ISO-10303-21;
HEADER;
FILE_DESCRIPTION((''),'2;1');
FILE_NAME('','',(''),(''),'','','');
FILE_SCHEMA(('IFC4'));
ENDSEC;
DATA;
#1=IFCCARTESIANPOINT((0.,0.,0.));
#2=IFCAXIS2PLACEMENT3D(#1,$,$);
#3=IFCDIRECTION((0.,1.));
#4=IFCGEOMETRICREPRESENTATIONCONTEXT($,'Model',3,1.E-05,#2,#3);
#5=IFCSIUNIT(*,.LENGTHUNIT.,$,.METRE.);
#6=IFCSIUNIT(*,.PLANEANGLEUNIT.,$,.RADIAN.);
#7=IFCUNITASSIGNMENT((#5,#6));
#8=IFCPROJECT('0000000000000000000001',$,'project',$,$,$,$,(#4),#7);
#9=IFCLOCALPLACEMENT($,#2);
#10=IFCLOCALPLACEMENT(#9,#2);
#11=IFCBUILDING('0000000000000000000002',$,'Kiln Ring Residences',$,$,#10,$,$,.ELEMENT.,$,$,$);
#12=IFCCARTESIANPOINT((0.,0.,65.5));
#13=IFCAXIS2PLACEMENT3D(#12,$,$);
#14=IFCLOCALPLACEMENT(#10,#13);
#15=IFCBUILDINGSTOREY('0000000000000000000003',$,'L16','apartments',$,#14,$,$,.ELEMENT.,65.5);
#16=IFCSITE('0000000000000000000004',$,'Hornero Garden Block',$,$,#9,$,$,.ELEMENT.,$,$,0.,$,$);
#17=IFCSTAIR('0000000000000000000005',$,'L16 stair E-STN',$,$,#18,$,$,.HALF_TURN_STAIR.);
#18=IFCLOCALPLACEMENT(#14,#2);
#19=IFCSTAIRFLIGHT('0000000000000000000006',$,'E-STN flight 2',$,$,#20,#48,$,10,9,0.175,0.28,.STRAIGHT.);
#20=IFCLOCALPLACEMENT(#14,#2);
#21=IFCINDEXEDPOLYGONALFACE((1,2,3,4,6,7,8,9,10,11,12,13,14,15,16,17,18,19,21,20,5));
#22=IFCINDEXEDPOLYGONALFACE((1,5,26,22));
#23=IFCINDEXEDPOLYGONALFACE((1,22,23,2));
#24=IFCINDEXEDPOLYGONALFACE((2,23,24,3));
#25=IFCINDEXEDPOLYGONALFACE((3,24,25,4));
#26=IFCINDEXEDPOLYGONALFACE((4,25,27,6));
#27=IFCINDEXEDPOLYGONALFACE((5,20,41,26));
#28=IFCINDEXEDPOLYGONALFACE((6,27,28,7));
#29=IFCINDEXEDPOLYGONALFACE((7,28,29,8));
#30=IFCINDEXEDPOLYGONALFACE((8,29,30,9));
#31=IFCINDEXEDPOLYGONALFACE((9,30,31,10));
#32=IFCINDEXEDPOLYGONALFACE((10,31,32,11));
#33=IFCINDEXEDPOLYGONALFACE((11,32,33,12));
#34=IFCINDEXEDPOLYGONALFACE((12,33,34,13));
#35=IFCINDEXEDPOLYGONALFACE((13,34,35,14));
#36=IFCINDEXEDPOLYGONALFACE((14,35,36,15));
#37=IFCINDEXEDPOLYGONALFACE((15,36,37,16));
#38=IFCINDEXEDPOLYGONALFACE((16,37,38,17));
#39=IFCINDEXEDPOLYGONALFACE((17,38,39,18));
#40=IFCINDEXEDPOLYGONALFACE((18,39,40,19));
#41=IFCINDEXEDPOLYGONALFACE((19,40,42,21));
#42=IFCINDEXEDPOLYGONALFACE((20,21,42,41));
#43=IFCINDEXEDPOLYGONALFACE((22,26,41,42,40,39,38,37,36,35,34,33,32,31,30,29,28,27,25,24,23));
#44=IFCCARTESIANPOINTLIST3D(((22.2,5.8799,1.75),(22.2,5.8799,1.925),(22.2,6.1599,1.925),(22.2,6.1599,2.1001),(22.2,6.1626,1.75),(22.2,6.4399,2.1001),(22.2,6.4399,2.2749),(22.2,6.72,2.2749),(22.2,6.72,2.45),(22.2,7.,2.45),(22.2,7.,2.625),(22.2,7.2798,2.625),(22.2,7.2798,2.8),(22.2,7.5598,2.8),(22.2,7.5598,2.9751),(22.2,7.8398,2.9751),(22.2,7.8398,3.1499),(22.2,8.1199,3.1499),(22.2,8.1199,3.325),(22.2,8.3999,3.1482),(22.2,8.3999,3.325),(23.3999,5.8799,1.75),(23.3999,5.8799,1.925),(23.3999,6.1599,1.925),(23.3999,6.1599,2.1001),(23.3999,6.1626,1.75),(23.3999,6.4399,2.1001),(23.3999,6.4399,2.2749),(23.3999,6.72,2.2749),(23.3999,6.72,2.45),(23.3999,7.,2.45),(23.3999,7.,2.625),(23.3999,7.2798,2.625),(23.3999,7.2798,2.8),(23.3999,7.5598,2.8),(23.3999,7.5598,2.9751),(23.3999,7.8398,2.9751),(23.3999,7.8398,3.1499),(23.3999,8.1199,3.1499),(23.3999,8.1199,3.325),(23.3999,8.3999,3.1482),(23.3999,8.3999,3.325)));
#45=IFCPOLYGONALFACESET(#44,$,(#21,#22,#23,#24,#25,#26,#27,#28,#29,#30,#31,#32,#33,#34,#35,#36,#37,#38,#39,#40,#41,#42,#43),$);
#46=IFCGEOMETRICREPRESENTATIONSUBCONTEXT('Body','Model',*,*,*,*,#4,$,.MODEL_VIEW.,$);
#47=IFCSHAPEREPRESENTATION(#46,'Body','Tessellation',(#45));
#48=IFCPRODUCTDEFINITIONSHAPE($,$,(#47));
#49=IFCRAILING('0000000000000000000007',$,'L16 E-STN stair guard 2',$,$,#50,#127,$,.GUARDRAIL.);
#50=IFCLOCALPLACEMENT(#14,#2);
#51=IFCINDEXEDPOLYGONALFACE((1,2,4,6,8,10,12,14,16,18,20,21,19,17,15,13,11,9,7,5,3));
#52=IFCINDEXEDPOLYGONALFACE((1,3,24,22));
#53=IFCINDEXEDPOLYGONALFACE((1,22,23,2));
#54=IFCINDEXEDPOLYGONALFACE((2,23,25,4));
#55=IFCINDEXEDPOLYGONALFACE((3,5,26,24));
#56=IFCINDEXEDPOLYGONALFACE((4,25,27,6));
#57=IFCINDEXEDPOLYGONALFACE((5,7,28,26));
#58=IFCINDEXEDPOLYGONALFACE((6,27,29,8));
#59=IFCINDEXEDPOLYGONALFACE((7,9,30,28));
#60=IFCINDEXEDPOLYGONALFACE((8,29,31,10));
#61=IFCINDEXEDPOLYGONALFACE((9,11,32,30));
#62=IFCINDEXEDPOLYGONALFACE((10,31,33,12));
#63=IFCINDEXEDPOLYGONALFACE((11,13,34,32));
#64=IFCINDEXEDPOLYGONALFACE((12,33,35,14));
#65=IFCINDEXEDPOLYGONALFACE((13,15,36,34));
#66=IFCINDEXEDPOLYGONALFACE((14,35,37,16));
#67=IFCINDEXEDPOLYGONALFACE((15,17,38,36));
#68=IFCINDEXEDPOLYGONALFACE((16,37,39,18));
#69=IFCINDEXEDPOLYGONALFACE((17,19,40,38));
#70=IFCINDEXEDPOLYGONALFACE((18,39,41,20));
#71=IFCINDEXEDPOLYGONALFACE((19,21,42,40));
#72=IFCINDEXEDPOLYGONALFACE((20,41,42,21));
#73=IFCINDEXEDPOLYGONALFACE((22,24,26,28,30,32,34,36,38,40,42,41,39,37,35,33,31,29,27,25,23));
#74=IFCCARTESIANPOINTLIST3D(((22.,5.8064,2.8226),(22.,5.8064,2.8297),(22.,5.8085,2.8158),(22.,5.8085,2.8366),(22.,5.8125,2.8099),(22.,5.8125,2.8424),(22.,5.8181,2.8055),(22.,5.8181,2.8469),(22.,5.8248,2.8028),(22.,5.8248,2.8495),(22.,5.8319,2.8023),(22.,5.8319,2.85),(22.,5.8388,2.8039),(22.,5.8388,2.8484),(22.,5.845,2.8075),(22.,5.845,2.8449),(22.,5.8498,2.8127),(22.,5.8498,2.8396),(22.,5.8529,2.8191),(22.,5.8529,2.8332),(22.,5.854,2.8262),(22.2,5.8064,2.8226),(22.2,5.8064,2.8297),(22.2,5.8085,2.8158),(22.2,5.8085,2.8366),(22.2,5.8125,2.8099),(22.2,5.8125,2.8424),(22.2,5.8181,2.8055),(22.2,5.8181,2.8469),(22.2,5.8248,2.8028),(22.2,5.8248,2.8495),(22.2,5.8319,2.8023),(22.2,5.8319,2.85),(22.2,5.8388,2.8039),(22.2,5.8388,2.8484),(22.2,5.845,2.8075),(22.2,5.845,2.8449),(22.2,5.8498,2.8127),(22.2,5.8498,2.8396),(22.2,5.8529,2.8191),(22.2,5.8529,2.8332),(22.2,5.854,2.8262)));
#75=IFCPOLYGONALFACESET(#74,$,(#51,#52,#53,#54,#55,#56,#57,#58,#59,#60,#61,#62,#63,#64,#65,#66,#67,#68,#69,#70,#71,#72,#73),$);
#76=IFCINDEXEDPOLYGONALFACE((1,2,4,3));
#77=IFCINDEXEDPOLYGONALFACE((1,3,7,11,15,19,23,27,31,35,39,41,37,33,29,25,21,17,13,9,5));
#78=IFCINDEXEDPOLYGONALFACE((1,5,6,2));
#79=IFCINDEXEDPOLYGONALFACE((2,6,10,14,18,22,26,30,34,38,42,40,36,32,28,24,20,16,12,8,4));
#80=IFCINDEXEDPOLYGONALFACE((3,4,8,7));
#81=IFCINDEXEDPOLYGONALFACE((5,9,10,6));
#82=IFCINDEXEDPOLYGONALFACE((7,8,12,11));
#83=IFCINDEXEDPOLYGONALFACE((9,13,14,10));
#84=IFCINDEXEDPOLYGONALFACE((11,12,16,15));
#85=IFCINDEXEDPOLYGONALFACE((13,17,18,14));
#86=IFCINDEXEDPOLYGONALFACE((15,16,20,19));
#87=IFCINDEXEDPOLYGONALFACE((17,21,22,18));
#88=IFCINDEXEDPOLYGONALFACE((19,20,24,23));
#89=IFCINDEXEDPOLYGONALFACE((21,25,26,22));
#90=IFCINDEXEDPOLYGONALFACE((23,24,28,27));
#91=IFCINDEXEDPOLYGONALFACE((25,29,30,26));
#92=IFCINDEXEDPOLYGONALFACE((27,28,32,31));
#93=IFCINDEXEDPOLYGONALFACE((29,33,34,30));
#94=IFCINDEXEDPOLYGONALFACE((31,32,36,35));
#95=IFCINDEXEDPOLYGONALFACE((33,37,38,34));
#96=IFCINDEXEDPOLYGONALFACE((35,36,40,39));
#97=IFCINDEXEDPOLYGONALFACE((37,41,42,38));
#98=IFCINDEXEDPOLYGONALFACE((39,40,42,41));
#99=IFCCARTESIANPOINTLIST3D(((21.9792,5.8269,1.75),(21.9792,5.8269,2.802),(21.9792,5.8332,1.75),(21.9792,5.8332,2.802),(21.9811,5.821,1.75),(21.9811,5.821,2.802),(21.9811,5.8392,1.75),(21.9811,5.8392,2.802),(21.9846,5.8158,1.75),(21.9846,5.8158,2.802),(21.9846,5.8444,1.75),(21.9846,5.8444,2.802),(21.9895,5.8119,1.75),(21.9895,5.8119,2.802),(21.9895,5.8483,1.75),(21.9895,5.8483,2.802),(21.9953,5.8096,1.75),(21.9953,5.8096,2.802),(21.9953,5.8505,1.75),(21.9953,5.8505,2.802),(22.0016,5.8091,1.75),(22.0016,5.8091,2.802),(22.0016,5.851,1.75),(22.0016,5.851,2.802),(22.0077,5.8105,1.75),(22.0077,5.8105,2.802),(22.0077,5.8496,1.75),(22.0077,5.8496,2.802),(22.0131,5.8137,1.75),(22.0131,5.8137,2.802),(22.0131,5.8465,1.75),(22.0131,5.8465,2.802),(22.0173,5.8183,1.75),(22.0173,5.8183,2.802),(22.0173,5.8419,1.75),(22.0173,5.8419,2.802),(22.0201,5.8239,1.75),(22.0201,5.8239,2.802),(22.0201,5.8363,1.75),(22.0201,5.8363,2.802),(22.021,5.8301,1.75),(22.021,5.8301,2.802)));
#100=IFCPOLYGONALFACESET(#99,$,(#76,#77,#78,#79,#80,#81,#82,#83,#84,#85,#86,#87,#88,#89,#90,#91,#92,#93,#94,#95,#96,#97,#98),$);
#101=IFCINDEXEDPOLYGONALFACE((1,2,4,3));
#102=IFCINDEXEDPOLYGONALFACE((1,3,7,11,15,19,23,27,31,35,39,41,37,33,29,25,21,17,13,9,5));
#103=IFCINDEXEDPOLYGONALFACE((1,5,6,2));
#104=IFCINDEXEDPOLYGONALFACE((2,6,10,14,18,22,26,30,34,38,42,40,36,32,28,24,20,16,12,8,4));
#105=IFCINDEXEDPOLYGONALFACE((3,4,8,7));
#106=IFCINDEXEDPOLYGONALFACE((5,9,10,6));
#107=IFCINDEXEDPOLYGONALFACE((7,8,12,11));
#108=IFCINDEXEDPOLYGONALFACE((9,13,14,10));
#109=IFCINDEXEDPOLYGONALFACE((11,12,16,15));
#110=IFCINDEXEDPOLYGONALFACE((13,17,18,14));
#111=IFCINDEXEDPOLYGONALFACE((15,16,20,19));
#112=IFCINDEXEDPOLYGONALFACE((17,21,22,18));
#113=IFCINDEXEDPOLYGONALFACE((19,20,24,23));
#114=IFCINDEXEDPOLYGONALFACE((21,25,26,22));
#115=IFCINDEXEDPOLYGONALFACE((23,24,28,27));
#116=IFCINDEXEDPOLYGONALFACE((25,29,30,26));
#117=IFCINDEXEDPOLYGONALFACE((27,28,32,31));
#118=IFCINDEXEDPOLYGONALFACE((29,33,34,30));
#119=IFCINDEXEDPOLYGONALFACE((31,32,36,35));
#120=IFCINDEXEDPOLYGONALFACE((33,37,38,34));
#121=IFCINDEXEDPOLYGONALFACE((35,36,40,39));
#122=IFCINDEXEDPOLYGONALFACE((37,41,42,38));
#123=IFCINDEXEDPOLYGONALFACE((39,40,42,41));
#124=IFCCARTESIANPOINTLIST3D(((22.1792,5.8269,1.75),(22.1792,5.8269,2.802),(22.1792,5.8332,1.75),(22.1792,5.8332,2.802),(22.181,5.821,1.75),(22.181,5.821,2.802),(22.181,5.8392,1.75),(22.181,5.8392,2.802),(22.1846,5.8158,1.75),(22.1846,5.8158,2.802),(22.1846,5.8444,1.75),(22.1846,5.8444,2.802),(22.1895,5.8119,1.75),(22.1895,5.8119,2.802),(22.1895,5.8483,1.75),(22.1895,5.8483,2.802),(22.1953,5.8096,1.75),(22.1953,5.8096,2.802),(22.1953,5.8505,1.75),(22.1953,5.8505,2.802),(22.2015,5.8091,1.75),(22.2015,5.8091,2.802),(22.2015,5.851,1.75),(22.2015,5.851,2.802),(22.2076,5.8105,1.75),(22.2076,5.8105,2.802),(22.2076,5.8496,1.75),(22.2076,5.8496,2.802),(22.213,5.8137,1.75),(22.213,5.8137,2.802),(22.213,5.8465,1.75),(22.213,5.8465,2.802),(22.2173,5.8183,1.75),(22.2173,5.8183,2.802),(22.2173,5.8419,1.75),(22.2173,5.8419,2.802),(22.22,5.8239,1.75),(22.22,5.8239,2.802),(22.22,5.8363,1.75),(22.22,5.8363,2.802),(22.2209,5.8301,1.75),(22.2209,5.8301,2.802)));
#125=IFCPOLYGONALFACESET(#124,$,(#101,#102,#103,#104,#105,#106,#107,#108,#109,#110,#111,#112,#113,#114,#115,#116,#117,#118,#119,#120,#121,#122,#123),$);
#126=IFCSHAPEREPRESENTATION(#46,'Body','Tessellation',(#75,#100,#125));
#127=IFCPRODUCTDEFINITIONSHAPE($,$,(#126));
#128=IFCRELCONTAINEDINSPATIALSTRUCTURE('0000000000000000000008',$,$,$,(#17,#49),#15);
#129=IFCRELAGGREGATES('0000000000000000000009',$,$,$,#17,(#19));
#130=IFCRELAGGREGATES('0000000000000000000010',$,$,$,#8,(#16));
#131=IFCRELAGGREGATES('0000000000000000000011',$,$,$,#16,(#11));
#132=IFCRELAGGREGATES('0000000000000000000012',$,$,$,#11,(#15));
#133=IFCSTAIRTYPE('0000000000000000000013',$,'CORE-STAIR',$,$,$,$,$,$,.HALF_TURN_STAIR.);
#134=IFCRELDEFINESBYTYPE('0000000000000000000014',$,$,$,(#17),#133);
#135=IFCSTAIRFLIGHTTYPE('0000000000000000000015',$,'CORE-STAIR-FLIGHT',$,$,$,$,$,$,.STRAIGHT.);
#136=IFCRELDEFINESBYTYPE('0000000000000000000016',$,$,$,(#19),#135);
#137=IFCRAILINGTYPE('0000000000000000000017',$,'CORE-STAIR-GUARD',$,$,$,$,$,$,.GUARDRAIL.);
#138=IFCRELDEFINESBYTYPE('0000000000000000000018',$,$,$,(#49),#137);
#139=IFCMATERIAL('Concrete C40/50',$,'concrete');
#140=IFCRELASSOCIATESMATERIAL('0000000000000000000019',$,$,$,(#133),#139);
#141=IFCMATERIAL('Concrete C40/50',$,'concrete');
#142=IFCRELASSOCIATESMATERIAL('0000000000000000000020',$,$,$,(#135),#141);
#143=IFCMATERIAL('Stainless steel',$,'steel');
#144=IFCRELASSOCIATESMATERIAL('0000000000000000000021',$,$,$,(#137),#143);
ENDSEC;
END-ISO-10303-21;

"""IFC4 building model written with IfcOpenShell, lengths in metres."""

from ifc_helpers import new_model, si_unit, direction, frame, origin, origin_2d, place, context, subcontext, project, spatial, polyline, circle, outline, extrude, material, type_object, element, aggregate, save


model = new_model("IFC4")

# Units and contexts
model_context = context("Model", 3, precision=1e-05, world=origin(), true_north=direction((0.0, 1.0)))
body_context = subcontext(model_context, "Body", "Model", "MODEL_VIEW")
ifc_project = project(units=[si_unit("LENGTHUNIT", "METRE"), si_unit("PLANEANGLEUNIT", "RADIAN")], contexts=[model_context])

# Site, building, storey
site_placement = place(None, origin())
site = spatial("IfcSite", under=ifc_project, at=site_placement, Name="Hornero Garden Block", CompositionType="ELEMENT", RefElevation=0.0)
building_placement = place(site_placement, origin())
building = spatial("IfcBuilding", under=site, at=building_placement, Name="Kiln Ring Residences", CompositionType="ELEMENT")
storey_placement = place(building_placement, frame((0.0, 0.0, 65.5)))
storey = spatial("IfcBuildingStorey", under=building, at=storey_placement, Name="L16", Description="apartments", CompositionType="ELEMENT", Elevation=65.5)

# Stair, stair flight
ifc_material_1 = material(Name="Concrete C40/50", Category="concrete")
stair_type = type_object("IfcStairType", Name="CORE-STAIR", PredefinedType="HALF_TURN_STAIR", material=ifc_material_1)
stair_placement = place(storey_placement, origin())
stair = element("IfcStair", 1, at=stair_placement, inside=storey, type_object=stair_type, Name="L16 stair E-STN", PredefinedType="HALF_TURN_STAIR")
ifc_material_2 = material(Name="Concrete C40/50", Category="concrete")
stair_flight_type = type_object("IfcStairFlightType", Name="CORE-STAIR-FLIGHT", PredefinedType="STRAIGHT", material=ifc_material_2)
stair_flight_1_placement = place(storey_placement, frame((22.8, 5.8799, 1.75), z_axis=(0.0, 0.0, 1.0), x_axis=(0.0, 1.0, 0.0)))
stair_flight_1 = element("IfcStairFlight", 2, at=stair_flight_1_placement, type_object=stair_flight_type, Name="E-STN flight 2", NumberOfRisers=10, NumberOfTreads=9, PredefinedType="STRAIGHT", RiserHeight=0.175, TreadLength=0.28, context=body_context, shape_type="SweptSolid", body=[
    extrude(outline(polyline([(0.0, 0.0), (0.0, 0.175), (0.28, 0.175), (0.28, 0.3501), (0.5601, 0.3501), (0.5601, 0.5249), (0.8401, 0.5249), (0.8401, 0.7), (1.1201, 0.7), (1.1201, 0.875), (1.3999, 0.875), (1.3999, 1.05), (1.6799, 1.05), (1.6799, 1.2251), (1.96, 1.2251), (1.96, 1.3999), (2.24, 1.3999), (2.24, 1.575), (2.52, 1.575), (2.52, 1.75), (2.52, 1.3982), (0.2827, 0.0), (0.0, 0.0)])), frame((0.0, 0.6001, 0.0), z_axis=(0.0, -1.0, 0.0), x_axis=(1.0, 0.0, 0.0)), (0.0, 0.0, 1.0), 1.2),
])
aggregate(stair, [stair_flight_1])

# Railing
ifc_material_3 = material(Name="Stainless steel", Category="steel")
railing_type_1 = type_object("IfcRailingType", Name="CORE-STAIR-GUARD", PredefinedType="GUARDRAIL", material=ifc_material_3)
railing_1_placement = place(storey_placement, frame((22.0, 5.8301, 1.75)))
element("IfcRailing", 3, at=railing_1_placement, inside=storey, type_object=railing_type_1, Name="L16 E-STN stair guard 2", PredefinedType="GUARDRAIL", context=body_context, shape_type="SweptSolid", body=[
    extrude(circle(Radius=0.0239, at=origin_2d()), frame((0.0, 0.0, 1.0762), z_axis=(1.0, 0.0, 0.0), x_axis=(0.0, 1.0, 0.0)), (0.0, 0.0, 1.0), 0.2),
    extrude(circle(Radius=0.021, at=origin_2d()), origin(), (0.0, 0.0, 1.0), 1.052),
    extrude(circle(Radius=0.021, at=origin_2d()), frame((0.2, 0.0, 0.0)), (0.0, 0.0, 1.0), 1.052),
])

save(model, "model.ifc")
